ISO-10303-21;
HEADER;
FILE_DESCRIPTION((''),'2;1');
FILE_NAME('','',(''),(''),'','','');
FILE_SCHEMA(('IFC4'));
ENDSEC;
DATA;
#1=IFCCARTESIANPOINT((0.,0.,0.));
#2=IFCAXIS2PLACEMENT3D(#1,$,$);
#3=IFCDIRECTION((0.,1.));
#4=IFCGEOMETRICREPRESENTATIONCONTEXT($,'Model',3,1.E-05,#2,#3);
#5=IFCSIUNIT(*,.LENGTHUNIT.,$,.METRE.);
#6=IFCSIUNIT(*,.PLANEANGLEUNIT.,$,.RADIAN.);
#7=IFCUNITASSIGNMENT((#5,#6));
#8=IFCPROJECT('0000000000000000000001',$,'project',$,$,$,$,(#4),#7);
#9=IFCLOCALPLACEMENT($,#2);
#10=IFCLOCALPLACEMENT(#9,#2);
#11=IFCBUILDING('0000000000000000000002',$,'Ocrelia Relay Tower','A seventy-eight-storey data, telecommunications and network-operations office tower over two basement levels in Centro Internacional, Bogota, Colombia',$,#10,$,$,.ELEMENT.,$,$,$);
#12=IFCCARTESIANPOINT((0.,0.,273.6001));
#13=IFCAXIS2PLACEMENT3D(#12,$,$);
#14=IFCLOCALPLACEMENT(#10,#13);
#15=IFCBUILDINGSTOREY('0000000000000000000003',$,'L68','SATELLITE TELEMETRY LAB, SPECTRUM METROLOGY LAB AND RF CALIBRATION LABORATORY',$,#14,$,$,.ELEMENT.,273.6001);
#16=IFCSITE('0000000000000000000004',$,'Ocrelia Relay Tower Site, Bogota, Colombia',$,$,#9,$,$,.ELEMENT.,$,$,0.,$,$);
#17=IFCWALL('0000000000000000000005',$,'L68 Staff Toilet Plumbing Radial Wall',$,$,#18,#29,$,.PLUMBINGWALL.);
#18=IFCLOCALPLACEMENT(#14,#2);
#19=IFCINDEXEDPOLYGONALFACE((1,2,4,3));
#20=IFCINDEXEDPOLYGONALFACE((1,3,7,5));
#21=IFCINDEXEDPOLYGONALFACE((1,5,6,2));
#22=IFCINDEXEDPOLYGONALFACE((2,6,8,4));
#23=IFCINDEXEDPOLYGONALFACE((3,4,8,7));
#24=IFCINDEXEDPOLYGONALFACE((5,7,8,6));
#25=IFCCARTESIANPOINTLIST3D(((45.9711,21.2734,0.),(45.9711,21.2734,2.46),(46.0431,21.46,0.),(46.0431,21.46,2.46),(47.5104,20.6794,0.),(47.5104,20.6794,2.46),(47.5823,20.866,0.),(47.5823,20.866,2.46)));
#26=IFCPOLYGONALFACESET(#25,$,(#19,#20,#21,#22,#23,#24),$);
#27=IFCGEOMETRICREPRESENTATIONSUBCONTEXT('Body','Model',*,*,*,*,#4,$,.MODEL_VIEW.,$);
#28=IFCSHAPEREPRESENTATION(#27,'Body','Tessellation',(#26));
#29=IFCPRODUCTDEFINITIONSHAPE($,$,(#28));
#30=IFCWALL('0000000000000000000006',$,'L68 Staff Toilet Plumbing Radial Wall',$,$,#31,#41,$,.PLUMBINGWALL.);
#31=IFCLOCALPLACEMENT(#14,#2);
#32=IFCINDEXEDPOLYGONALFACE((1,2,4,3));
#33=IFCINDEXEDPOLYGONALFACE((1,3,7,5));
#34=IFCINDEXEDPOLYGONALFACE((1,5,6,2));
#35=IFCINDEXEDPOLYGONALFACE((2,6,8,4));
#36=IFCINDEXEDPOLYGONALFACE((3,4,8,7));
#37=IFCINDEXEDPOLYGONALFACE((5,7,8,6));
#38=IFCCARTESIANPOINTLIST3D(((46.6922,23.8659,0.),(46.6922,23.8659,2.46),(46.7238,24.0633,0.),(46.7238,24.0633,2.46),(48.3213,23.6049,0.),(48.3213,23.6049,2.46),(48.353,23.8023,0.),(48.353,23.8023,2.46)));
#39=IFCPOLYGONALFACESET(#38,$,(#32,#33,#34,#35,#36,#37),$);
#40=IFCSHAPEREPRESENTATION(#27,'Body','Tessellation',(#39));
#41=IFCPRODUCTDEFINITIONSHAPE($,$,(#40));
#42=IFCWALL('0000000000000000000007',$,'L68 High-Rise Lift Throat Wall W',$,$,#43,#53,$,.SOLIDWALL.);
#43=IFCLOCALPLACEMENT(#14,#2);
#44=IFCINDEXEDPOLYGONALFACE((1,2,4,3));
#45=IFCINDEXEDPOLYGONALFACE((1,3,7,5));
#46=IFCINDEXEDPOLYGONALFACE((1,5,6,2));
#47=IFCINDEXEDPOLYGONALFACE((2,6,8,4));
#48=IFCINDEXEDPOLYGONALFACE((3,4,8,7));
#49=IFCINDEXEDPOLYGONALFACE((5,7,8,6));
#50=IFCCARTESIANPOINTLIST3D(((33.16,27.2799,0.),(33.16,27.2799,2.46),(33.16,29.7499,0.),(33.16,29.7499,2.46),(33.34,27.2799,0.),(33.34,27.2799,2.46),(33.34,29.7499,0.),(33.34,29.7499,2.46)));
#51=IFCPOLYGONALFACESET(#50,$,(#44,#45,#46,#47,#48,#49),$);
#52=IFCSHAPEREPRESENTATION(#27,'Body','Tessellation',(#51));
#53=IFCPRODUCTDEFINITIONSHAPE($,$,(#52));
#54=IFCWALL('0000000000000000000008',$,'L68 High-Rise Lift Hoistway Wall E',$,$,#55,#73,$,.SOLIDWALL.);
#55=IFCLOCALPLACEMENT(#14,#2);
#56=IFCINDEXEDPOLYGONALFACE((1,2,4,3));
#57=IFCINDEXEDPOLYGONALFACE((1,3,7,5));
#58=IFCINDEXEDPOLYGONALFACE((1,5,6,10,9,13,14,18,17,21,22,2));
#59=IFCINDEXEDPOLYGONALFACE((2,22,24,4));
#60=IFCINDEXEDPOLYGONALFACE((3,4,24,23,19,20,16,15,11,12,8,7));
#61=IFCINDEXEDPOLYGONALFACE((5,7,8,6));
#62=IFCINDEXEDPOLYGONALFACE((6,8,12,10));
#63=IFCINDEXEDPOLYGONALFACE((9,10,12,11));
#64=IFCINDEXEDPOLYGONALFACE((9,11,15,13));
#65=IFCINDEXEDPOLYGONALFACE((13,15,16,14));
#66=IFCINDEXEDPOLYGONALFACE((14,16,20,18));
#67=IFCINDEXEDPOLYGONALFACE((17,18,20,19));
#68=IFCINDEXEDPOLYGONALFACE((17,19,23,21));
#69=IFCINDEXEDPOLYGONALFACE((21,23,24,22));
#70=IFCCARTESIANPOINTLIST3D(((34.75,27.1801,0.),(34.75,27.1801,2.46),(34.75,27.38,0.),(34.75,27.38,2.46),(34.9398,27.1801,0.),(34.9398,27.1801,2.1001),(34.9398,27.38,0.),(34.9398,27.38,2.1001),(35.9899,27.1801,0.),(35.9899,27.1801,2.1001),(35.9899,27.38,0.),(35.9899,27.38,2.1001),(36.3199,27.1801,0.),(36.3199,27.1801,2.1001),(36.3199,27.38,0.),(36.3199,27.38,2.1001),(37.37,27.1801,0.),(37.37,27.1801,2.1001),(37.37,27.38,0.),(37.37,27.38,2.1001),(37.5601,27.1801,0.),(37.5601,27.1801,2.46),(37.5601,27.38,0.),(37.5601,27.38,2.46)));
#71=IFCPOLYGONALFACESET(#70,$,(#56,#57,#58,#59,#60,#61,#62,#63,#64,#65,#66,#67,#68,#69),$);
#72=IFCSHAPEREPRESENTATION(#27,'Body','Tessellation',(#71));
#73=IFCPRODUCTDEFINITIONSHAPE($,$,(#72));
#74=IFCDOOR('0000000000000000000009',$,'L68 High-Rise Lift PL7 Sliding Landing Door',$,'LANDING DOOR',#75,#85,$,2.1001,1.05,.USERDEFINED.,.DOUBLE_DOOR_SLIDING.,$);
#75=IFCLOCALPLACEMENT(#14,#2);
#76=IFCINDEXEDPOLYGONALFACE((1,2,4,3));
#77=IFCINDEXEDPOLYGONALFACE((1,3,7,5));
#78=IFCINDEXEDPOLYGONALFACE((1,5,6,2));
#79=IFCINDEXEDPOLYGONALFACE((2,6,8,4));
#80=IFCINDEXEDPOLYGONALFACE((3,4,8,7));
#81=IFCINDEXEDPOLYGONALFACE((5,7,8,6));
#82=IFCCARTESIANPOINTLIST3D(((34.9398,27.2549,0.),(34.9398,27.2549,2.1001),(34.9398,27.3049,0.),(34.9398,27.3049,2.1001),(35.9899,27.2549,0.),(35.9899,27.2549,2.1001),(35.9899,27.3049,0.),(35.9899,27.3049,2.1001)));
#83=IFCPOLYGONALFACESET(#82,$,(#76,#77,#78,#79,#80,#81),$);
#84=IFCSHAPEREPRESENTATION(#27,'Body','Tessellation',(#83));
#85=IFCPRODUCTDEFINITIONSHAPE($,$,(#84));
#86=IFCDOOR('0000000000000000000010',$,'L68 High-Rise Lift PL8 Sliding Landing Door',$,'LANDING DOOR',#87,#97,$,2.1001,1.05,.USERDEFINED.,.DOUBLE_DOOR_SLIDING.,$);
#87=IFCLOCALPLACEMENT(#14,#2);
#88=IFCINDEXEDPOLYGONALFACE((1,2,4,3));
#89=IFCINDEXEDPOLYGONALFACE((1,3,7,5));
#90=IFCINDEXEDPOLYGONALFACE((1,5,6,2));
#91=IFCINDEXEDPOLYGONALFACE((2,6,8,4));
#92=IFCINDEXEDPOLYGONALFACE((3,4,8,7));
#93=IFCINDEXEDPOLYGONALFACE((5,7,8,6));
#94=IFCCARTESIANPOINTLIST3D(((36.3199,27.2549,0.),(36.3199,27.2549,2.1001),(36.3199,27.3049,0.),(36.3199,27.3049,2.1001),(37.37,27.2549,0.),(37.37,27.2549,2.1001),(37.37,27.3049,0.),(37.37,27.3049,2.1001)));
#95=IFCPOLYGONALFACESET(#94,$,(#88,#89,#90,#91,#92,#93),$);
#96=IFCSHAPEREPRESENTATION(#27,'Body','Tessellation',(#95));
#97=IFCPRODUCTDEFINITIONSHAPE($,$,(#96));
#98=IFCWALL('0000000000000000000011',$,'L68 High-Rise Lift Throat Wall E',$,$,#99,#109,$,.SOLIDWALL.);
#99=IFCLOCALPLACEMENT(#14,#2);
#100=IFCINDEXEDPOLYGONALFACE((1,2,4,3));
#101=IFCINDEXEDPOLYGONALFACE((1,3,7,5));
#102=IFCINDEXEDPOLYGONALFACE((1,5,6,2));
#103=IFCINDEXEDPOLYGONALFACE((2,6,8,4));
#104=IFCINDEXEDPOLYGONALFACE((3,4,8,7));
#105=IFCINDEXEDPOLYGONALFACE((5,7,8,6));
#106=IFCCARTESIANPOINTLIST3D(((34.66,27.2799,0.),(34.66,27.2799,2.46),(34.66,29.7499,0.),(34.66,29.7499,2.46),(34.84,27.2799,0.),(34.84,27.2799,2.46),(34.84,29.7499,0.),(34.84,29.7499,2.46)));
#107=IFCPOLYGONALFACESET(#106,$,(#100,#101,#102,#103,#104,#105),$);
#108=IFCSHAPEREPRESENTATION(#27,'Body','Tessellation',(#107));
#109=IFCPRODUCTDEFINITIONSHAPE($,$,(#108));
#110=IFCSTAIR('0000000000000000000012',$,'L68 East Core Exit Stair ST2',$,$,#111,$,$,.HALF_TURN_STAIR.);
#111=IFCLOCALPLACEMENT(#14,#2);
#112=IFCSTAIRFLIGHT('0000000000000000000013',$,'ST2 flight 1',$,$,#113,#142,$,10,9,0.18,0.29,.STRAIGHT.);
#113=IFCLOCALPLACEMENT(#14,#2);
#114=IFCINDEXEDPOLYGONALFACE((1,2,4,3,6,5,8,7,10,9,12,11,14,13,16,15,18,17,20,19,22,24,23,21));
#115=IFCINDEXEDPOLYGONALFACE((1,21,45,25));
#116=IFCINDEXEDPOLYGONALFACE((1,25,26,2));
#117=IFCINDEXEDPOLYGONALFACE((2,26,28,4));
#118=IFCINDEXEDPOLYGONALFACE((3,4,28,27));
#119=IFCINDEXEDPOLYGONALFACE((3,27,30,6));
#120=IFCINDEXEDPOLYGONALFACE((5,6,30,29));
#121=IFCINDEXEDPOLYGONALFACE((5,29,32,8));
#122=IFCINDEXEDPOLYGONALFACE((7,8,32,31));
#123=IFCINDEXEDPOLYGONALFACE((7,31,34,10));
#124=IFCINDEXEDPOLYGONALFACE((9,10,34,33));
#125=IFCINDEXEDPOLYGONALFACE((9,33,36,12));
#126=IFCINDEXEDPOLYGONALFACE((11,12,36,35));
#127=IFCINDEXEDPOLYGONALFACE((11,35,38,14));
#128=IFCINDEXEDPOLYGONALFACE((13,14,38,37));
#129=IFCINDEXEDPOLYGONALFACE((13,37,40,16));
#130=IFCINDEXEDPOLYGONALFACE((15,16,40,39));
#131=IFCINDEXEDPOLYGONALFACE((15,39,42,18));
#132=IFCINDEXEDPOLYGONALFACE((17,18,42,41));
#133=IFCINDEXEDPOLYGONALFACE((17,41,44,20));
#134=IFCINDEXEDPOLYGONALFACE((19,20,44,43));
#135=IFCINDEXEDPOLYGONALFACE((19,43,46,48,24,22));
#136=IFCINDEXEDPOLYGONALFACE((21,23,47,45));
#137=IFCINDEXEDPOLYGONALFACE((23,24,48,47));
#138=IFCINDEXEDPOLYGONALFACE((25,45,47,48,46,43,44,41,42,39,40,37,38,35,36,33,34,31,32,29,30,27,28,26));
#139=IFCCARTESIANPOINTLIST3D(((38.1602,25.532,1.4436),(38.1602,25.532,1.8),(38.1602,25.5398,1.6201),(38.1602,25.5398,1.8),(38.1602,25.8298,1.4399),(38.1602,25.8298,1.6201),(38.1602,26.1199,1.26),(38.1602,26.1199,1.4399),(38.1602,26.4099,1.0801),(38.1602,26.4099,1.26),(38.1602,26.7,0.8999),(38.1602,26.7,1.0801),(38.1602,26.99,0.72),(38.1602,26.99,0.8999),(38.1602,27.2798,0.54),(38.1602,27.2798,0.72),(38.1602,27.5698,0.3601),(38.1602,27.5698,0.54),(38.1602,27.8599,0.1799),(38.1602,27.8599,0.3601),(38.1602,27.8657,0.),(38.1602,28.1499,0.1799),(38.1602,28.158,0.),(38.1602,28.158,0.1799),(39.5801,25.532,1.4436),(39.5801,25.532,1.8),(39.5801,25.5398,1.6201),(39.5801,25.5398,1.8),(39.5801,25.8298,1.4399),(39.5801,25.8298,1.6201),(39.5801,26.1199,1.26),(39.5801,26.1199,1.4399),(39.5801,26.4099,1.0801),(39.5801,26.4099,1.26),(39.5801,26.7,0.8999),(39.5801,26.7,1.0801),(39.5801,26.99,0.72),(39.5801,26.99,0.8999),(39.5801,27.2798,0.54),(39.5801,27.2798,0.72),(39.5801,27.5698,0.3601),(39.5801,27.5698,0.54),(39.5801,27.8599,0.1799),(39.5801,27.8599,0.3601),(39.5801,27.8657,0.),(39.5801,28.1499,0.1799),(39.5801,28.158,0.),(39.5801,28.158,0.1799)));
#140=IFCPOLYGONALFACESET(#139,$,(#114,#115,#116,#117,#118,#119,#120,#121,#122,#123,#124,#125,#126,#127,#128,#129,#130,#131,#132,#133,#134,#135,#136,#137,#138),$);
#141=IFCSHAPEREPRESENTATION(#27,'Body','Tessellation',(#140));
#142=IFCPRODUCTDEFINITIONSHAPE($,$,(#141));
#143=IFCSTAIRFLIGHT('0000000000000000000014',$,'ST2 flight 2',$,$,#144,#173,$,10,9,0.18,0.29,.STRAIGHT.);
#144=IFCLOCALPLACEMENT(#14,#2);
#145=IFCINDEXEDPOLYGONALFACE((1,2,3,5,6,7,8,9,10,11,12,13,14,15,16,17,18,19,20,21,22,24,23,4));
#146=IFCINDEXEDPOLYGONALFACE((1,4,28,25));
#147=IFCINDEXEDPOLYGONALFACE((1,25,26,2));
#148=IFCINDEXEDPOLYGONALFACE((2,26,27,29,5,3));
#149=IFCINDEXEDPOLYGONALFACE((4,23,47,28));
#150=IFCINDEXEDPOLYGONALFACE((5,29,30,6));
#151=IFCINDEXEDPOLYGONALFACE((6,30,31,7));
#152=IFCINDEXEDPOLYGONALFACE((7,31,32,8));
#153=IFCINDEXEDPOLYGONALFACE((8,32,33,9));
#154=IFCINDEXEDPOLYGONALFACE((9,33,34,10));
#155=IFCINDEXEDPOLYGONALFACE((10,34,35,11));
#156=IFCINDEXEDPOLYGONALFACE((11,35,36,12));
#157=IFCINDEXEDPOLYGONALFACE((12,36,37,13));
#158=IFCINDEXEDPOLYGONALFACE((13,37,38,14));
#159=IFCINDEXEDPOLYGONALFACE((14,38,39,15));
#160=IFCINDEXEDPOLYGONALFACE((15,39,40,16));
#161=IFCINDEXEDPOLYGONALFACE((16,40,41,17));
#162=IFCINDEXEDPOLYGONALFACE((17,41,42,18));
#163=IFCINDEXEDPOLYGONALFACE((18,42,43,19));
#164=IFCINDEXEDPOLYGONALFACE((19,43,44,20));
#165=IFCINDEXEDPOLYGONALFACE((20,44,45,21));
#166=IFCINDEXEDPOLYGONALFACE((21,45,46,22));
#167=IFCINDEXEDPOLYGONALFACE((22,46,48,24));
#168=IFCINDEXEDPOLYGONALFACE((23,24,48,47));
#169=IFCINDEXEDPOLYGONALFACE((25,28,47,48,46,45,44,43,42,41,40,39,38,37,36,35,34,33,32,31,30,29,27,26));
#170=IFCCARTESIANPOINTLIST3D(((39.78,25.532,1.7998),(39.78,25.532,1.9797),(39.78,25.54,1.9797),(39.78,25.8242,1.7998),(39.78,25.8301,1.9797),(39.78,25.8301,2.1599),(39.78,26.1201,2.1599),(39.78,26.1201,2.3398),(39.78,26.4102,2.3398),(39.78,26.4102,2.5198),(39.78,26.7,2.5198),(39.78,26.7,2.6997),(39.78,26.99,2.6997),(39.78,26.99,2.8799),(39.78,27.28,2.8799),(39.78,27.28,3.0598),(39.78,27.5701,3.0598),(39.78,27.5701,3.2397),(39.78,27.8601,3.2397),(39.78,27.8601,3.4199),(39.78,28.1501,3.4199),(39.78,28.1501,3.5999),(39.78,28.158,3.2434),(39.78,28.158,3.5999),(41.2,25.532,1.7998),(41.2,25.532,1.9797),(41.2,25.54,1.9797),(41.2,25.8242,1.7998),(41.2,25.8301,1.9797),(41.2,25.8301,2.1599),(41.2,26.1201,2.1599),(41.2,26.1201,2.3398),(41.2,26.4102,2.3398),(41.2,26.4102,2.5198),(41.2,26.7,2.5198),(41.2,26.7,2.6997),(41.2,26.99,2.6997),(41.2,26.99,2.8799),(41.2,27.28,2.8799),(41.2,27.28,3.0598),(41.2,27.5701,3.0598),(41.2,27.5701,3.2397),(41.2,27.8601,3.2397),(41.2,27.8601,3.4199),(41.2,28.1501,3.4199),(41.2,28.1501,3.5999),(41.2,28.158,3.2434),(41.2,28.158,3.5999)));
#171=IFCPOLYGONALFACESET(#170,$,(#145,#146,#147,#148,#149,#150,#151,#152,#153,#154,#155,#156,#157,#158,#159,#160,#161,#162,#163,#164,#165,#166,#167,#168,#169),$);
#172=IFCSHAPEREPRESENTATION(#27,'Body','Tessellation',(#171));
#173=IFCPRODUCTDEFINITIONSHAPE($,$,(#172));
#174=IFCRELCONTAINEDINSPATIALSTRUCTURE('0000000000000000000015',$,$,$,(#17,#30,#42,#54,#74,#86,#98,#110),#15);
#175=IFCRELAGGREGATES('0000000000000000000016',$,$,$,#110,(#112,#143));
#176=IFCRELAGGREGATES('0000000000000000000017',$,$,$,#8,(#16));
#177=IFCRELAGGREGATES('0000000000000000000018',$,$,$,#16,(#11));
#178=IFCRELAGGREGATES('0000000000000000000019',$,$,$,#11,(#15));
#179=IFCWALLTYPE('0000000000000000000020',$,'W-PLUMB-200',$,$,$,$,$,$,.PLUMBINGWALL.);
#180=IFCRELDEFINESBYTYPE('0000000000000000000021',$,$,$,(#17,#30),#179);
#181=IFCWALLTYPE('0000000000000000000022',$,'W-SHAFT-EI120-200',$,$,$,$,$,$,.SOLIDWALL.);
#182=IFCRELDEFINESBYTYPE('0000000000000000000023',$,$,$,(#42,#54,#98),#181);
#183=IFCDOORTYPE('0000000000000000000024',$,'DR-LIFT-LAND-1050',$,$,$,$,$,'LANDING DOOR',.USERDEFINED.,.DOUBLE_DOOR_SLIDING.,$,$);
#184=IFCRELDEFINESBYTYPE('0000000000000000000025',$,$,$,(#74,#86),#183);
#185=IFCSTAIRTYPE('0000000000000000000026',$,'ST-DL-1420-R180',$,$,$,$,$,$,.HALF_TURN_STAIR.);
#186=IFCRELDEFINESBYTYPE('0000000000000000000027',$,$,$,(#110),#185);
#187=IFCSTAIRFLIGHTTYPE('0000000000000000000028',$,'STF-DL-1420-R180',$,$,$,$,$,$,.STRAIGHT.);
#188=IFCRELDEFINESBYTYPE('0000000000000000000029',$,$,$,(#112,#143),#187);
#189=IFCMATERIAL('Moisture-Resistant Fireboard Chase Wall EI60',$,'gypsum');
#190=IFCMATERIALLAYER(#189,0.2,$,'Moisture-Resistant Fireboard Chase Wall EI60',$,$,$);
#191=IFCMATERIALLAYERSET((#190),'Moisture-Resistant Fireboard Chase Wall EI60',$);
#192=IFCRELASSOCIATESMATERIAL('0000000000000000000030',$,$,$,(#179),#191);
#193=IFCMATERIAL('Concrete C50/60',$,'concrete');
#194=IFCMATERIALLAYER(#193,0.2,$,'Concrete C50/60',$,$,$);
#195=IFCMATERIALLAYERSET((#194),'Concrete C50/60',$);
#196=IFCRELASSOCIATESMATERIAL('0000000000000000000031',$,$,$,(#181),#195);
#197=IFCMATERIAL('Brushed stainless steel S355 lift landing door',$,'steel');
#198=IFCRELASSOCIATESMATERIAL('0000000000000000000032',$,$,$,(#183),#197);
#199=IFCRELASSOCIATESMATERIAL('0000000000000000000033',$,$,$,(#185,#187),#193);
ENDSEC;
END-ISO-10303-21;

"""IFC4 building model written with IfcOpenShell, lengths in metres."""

from ifc_helpers import new_model, si_unit, direction, frame, frame_2d, origin, place, context, subcontext, project, spatial, polyline, rectangle, outline, extrude, material, layer, layer_set, type_object, element, fill, aggregate, save


model = new_model("IFC4")

# Units and contexts
model_context = context("Model", 3, precision=1e-05, world=origin(), true_north=direction((0.0, 1.0)))
body_context = subcontext(model_context, "Body", "Model", "MODEL_VIEW")
ifc_project = project(units=[si_unit("LENGTHUNIT", "METRE"), si_unit("PLANEANGLEUNIT", "RADIAN")], contexts=[model_context])

# Site, building, storey
site_placement = place(None, origin())
site = spatial("IfcSite", under=ifc_project, at=site_placement, Name="Ocrelia Relay Tower Site, Bogota, Colombia", CompositionType="ELEMENT", RefElevation=0.0)
building_placement = place(site_placement, origin())
building = spatial("IfcBuilding", under=site, at=building_placement, Name="Ocrelia Relay Tower", Description="A seventy-eight-storey data, telecommunications and network-operations office tower over two basement levels in Centro Internacional, Bogota, Colombia", CompositionType="ELEMENT")
storey_placement = place(building_placement, frame((0.0, 0.0, 273.6001)))
storey = spatial("IfcBuildingStorey", under=building, at=storey_placement, Name="L68", Description="SATELLITE TELEMETRY LAB, SPECTRUM METROLOGY LAB AND RF CALIBRATION LABORATORY", CompositionType="ELEMENT", Elevation=273.6001)

# Shared definitions
ifc_material_1 = material(Name="Concrete C50/60", Category="concrete")

# Walls
ifc_material_2 = material(Name="Moisture-Resistant Fireboard Chase Wall EI60", Category="gypsum")
ifc_layer_1 = layer(ifc_material_2, 0.2, Name="Moisture-Resistant Fireboard Chase Wall EI60")
ifc_layer_set_1 = layer_set([ifc_layer_1], Name="Moisture-Resistant Fireboard Chase Wall EI60")
wall_type_1 = type_object("IfcWallType", Name="W-PLUMB-200", PredefinedType="PLUMBINGWALL", material=ifc_layer_set_1)
for number, where, z_axis, x_axis, name in (
    (1, (46.0071, 21.3667, 0.0), (0.0, 0.0, 1.0), (0.932948, -0.36001, 0.0), "L68 Staff Toilet Plumbing Radial Wall"),
    (2, (46.708, 23.9646, 0.0), (0.0, 0.0, 1.0), (0.98741, -0.158181, 0.0), "L68 Staff Toilet Plumbing Radial Wall"),
):
    element("IfcWall", number, at=place(storey_placement, frame(where, z_axis=z_axis, x_axis=x_axis)), inside=storey, type_object=wall_type_1, Name=name, PredefinedType="PLUMBINGWALL", context=body_context, shape_type="SweptSolid", body=[
        extrude(rectangle(XDim=1.6499, YDim=0.2, at=frame_2d((0.825, 0.0))), origin(), (0.0, 0.0, 1.0), 2.46),
    ])
ifc_layer_2 = layer(ifc_material_1, 0.2, Name="Concrete C50/60")
ifc_layer_set_2 = layer_set([ifc_layer_2], Name="Concrete C50/60")
wall_type_2 = type_object("IfcWallType", Name="W-SHAFT-EI120-200", PredefinedType="SOLIDWALL", material=ifc_layer_set_2)
wall_1_placement = place(storey_placement, frame((33.25, 27.28, 0.0), z_axis=(0.0, 0.0, 1.0), x_axis=(0.0, 1.0, 0.0)))
element("IfcWall", 3, at=wall_1_placement, inside=storey, type_object=wall_type_2, Name="L68 High-Rise Lift Throat Wall W", PredefinedType="SOLIDWALL", context=body_context, shape_type="SweptSolid", body=[
    extrude(rectangle(XDim=2.47, YDim=0.1799, at=frame_2d((1.2349, 0.0))), origin(), (0.0, 0.0, 1.0), 2.46),
])

# Wall, openings, doors
wall_2_placement = place(storey_placement, frame((34.75, 27.28, 0.0), z_axis=(0.0, 0.0, 1.0), x_axis=(1.0, 0.0, 0.0)))
wall_2 = element("IfcWall", 4, at=wall_2_placement, inside=storey, type_object=wall_type_2, Name="L68 High-Rise Lift Hoistway Wall E", PredefinedType="SOLIDWALL", context=body_context, shape_type="SweptSolid", body=[
    extrude(rectangle(XDim=2.8101, YDim=0.2, at=frame_2d((1.405, 0.0))), origin(), (0.0, 0.0, 1.0), 2.46),
])
opening_1_placement = place(wall_2_placement, frame((0.1899, 0.0, 0.0)))
opening_1 = element("IfcOpeningElement", 5, at=opening_1_placement, cuts=wall_2, PredefinedType="OPENING", context=body_context, shape_type="SweptSolid", body=[
    extrude(rectangle(XDim=1.05, YDim=2.1001, at=frame_2d((0.5249, 1.05))), frame((0.0, 0.1099, 0.0), z_axis=(0.0, -1.0, 0.0), x_axis=(1.0, 0.0, 0.0)), (0.0, 0.0, 1.0), 0.22),
])
opening_2_placement = place(wall_2_placement, frame((1.5701, 0.0, 0.0)))
opening_2 = element("IfcOpeningElement", 6, at=opening_2_placement, cuts=wall_2, PredefinedType="OPENING", context=body_context, shape_type="SweptSolid", body=[
    extrude(rectangle(XDim=1.05, YDim=2.1001, at=frame_2d((0.5249, 1.05))), frame((0.0, 0.1099, 0.0), z_axis=(0.0, -1.0, 0.0), x_axis=(1.0, 0.0, 0.0)), (0.0, 0.0, 1.0), 0.22),
])
ifc_material_3 = material(Name="Brushed stainless steel S355 lift landing door", Category="steel")
door_type_1 = type_object("IfcDoorType", Name="DR-LIFT-LAND-1050", ElementType="LANDING DOOR", OperationType="DOUBLE_DOOR_SLIDING", PredefinedType="USERDEFINED", material=ifc_material_3)
door_1_placement = place(opening_1_placement, origin())
door_1 = element("IfcDoor", 7, at=door_1_placement, inside=storey, type_object=door_type_1, Name="L68 High-Rise Lift PL7 Sliding Landing Door", ObjectType="LANDING DOOR", OperationType="DOUBLE_DOOR_SLIDING", OverallHeight=2.1001, OverallWidth=1.05, PredefinedType="USERDEFINED", context=body_context, shape_type="SweptSolid", body=[
    extrude(rectangle(XDim=1.05, YDim=2.1001, at=frame_2d((0.5249, 1.05))), frame((0.0, 0.0249, 0.0), z_axis=(0.0, -1.0, 0.0), x_axis=(1.0, 0.0, 0.0)), (0.0, 0.0, 1.0), 0.05),
])
fill(opening_1, door_1)
door_2_placement = place(opening_2_placement, origin())
door_2 = element("IfcDoor", 8, at=door_2_placement, inside=storey, type_object=door_type_1, Name="L68 High-Rise Lift PL8 Sliding Landing Door", ObjectType="LANDING DOOR", OperationType="DOUBLE_DOOR_SLIDING", OverallHeight=2.1001, OverallWidth=1.05, PredefinedType="USERDEFINED", context=body_context, shape_type="SweptSolid", body=[
    extrude(rectangle(XDim=1.05, YDim=2.1001, at=frame_2d((0.5249, 1.05))), frame((0.0, 0.0249, 0.0), z_axis=(0.0, -1.0, 0.0), x_axis=(1.0, 0.0, 0.0)), (0.0, 0.0, 1.0), 0.05),
])
fill(opening_2, door_2)

# Wall
wall_3_placement = place(storey_placement, frame((34.75, 27.28, 0.0), z_axis=(0.0, 0.0, 1.0), x_axis=(0.0, 1.0, 0.0)))
element("IfcWall", 9, at=wall_3_placement, inside=storey, type_object=wall_type_2, Name="L68 High-Rise Lift Throat Wall E", PredefinedType="SOLIDWALL", context=body_context, shape_type="SweptSolid", body=[
    extrude(rectangle(XDim=2.47, YDim=0.1799, at=frame_2d((1.2349, 0.0))), origin(), (0.0, 0.0, 1.0), 2.46),
])

# Stair, stair flights
stair_type = type_object("IfcStairType", Name="ST-DL-1420-R180", PredefinedType="HALF_TURN_STAIR", material=ifc_material_1)
stair_placement = place(storey_placement, origin())
stair = element("IfcStair", 10, at=stair_placement, inside=storey, type_object=stair_type, Name="L68 East Core Exit Stair ST2", PredefinedType="HALF_TURN_STAIR")
stair_flight_type = type_object("IfcStairFlightType", Name="STF-DL-1420-R180", PredefinedType="STRAIGHT", material=ifc_material_1)
stair_flight_1_placement = place(storey_placement, frame((38.8701, 28.1499, 0.0), z_axis=(0.0, 0.0, 1.0), x_axis=(0.0, -1.0, 0.0)))
stair_flight_1 = element("IfcStairFlight", 11, at=stair_flight_1_placement, type_object=stair_flight_type, Name="ST2 flight 1", NumberOfRisers=10, NumberOfTreads=9, PredefinedType="STRAIGHT", RiserHeight=0.18, TreadLength=0.29, context=body_context, shape_type="SweptSolid", body=[
    extrude(outline(polyline([(-0.0081, 0.0), (-0.0081, 0.1799), (0.0, 0.1799), (0.29, 0.1799), (0.29, 0.3601), (0.5801, 0.3601), (0.5801, 0.54), (0.8701, 0.54), (0.8701, 0.72), (1.1599, 0.72), (1.1599, 0.8999), (1.45, 0.8999), (1.45, 1.0801), (1.74, 1.0801), (1.74, 1.26), (2.03, 1.26), (2.03, 1.4399), (2.3201, 1.4399), (2.3201, 1.6201), (2.6101, 1.6201), (2.6101, 1.8), (2.6179, 1.8), (2.6179, 1.4436), (0.2842, 0.0), (-0.0081, 0.0)])), frame((0.0, 0.71, 0.0), z_axis=(0.0, -1.0, 0.0), x_axis=(1.0, 0.0, 0.0)), (0.0, 0.0, 1.0), 1.4199),
])
stair_flight_2_placement = place(storey_placement, frame((40.49, 25.54, 1.7998), z_axis=(0.0, 0.0, 1.0), x_axis=(0.0, 1.0, 0.0)))
stair_flight_2 = element("IfcStairFlight", 12, at=stair_flight_2_placement, type_object=stair_flight_type, Name="ST2 flight 2", NumberOfRisers=10, NumberOfTreads=9, PredefinedType="STRAIGHT", RiserHeight=0.18, TreadLength=0.29, context=body_context, shape_type="SweptSolid", body=[
    extrude(outline(polyline([(-0.0081, 0.0), (-0.0081, 0.1799), (0.0, 0.1799), (0.29, 0.1799), (0.29, 0.3601), (0.5801, 0.3601), (0.5801, 0.54), (0.8701, 0.54), (0.8701, 0.72), (1.1599, 0.72), (1.1599, 0.8999), (1.45, 0.8999), (1.45, 1.0801), (1.74, 1.0801), (1.74, 1.26), (2.03, 1.26), (2.03, 1.4399), (2.3201, 1.4399), (2.3201, 1.6201), (2.6101, 1.6201), (2.6101, 1.8), (2.6179, 1.8), (2.6179, 1.4436), (0.2842, 0.0), (-0.0081, 0.0)])), frame((0.0, 0.71, 0.0), z_axis=(0.0, -1.0, 0.0), x_axis=(1.0, 0.0, 0.0)), (0.0, 0.0, 1.0), 1.4199),
])
aggregate(stair, [stair_flight_1, stair_flight_2])

save(model, "model.ifc")
